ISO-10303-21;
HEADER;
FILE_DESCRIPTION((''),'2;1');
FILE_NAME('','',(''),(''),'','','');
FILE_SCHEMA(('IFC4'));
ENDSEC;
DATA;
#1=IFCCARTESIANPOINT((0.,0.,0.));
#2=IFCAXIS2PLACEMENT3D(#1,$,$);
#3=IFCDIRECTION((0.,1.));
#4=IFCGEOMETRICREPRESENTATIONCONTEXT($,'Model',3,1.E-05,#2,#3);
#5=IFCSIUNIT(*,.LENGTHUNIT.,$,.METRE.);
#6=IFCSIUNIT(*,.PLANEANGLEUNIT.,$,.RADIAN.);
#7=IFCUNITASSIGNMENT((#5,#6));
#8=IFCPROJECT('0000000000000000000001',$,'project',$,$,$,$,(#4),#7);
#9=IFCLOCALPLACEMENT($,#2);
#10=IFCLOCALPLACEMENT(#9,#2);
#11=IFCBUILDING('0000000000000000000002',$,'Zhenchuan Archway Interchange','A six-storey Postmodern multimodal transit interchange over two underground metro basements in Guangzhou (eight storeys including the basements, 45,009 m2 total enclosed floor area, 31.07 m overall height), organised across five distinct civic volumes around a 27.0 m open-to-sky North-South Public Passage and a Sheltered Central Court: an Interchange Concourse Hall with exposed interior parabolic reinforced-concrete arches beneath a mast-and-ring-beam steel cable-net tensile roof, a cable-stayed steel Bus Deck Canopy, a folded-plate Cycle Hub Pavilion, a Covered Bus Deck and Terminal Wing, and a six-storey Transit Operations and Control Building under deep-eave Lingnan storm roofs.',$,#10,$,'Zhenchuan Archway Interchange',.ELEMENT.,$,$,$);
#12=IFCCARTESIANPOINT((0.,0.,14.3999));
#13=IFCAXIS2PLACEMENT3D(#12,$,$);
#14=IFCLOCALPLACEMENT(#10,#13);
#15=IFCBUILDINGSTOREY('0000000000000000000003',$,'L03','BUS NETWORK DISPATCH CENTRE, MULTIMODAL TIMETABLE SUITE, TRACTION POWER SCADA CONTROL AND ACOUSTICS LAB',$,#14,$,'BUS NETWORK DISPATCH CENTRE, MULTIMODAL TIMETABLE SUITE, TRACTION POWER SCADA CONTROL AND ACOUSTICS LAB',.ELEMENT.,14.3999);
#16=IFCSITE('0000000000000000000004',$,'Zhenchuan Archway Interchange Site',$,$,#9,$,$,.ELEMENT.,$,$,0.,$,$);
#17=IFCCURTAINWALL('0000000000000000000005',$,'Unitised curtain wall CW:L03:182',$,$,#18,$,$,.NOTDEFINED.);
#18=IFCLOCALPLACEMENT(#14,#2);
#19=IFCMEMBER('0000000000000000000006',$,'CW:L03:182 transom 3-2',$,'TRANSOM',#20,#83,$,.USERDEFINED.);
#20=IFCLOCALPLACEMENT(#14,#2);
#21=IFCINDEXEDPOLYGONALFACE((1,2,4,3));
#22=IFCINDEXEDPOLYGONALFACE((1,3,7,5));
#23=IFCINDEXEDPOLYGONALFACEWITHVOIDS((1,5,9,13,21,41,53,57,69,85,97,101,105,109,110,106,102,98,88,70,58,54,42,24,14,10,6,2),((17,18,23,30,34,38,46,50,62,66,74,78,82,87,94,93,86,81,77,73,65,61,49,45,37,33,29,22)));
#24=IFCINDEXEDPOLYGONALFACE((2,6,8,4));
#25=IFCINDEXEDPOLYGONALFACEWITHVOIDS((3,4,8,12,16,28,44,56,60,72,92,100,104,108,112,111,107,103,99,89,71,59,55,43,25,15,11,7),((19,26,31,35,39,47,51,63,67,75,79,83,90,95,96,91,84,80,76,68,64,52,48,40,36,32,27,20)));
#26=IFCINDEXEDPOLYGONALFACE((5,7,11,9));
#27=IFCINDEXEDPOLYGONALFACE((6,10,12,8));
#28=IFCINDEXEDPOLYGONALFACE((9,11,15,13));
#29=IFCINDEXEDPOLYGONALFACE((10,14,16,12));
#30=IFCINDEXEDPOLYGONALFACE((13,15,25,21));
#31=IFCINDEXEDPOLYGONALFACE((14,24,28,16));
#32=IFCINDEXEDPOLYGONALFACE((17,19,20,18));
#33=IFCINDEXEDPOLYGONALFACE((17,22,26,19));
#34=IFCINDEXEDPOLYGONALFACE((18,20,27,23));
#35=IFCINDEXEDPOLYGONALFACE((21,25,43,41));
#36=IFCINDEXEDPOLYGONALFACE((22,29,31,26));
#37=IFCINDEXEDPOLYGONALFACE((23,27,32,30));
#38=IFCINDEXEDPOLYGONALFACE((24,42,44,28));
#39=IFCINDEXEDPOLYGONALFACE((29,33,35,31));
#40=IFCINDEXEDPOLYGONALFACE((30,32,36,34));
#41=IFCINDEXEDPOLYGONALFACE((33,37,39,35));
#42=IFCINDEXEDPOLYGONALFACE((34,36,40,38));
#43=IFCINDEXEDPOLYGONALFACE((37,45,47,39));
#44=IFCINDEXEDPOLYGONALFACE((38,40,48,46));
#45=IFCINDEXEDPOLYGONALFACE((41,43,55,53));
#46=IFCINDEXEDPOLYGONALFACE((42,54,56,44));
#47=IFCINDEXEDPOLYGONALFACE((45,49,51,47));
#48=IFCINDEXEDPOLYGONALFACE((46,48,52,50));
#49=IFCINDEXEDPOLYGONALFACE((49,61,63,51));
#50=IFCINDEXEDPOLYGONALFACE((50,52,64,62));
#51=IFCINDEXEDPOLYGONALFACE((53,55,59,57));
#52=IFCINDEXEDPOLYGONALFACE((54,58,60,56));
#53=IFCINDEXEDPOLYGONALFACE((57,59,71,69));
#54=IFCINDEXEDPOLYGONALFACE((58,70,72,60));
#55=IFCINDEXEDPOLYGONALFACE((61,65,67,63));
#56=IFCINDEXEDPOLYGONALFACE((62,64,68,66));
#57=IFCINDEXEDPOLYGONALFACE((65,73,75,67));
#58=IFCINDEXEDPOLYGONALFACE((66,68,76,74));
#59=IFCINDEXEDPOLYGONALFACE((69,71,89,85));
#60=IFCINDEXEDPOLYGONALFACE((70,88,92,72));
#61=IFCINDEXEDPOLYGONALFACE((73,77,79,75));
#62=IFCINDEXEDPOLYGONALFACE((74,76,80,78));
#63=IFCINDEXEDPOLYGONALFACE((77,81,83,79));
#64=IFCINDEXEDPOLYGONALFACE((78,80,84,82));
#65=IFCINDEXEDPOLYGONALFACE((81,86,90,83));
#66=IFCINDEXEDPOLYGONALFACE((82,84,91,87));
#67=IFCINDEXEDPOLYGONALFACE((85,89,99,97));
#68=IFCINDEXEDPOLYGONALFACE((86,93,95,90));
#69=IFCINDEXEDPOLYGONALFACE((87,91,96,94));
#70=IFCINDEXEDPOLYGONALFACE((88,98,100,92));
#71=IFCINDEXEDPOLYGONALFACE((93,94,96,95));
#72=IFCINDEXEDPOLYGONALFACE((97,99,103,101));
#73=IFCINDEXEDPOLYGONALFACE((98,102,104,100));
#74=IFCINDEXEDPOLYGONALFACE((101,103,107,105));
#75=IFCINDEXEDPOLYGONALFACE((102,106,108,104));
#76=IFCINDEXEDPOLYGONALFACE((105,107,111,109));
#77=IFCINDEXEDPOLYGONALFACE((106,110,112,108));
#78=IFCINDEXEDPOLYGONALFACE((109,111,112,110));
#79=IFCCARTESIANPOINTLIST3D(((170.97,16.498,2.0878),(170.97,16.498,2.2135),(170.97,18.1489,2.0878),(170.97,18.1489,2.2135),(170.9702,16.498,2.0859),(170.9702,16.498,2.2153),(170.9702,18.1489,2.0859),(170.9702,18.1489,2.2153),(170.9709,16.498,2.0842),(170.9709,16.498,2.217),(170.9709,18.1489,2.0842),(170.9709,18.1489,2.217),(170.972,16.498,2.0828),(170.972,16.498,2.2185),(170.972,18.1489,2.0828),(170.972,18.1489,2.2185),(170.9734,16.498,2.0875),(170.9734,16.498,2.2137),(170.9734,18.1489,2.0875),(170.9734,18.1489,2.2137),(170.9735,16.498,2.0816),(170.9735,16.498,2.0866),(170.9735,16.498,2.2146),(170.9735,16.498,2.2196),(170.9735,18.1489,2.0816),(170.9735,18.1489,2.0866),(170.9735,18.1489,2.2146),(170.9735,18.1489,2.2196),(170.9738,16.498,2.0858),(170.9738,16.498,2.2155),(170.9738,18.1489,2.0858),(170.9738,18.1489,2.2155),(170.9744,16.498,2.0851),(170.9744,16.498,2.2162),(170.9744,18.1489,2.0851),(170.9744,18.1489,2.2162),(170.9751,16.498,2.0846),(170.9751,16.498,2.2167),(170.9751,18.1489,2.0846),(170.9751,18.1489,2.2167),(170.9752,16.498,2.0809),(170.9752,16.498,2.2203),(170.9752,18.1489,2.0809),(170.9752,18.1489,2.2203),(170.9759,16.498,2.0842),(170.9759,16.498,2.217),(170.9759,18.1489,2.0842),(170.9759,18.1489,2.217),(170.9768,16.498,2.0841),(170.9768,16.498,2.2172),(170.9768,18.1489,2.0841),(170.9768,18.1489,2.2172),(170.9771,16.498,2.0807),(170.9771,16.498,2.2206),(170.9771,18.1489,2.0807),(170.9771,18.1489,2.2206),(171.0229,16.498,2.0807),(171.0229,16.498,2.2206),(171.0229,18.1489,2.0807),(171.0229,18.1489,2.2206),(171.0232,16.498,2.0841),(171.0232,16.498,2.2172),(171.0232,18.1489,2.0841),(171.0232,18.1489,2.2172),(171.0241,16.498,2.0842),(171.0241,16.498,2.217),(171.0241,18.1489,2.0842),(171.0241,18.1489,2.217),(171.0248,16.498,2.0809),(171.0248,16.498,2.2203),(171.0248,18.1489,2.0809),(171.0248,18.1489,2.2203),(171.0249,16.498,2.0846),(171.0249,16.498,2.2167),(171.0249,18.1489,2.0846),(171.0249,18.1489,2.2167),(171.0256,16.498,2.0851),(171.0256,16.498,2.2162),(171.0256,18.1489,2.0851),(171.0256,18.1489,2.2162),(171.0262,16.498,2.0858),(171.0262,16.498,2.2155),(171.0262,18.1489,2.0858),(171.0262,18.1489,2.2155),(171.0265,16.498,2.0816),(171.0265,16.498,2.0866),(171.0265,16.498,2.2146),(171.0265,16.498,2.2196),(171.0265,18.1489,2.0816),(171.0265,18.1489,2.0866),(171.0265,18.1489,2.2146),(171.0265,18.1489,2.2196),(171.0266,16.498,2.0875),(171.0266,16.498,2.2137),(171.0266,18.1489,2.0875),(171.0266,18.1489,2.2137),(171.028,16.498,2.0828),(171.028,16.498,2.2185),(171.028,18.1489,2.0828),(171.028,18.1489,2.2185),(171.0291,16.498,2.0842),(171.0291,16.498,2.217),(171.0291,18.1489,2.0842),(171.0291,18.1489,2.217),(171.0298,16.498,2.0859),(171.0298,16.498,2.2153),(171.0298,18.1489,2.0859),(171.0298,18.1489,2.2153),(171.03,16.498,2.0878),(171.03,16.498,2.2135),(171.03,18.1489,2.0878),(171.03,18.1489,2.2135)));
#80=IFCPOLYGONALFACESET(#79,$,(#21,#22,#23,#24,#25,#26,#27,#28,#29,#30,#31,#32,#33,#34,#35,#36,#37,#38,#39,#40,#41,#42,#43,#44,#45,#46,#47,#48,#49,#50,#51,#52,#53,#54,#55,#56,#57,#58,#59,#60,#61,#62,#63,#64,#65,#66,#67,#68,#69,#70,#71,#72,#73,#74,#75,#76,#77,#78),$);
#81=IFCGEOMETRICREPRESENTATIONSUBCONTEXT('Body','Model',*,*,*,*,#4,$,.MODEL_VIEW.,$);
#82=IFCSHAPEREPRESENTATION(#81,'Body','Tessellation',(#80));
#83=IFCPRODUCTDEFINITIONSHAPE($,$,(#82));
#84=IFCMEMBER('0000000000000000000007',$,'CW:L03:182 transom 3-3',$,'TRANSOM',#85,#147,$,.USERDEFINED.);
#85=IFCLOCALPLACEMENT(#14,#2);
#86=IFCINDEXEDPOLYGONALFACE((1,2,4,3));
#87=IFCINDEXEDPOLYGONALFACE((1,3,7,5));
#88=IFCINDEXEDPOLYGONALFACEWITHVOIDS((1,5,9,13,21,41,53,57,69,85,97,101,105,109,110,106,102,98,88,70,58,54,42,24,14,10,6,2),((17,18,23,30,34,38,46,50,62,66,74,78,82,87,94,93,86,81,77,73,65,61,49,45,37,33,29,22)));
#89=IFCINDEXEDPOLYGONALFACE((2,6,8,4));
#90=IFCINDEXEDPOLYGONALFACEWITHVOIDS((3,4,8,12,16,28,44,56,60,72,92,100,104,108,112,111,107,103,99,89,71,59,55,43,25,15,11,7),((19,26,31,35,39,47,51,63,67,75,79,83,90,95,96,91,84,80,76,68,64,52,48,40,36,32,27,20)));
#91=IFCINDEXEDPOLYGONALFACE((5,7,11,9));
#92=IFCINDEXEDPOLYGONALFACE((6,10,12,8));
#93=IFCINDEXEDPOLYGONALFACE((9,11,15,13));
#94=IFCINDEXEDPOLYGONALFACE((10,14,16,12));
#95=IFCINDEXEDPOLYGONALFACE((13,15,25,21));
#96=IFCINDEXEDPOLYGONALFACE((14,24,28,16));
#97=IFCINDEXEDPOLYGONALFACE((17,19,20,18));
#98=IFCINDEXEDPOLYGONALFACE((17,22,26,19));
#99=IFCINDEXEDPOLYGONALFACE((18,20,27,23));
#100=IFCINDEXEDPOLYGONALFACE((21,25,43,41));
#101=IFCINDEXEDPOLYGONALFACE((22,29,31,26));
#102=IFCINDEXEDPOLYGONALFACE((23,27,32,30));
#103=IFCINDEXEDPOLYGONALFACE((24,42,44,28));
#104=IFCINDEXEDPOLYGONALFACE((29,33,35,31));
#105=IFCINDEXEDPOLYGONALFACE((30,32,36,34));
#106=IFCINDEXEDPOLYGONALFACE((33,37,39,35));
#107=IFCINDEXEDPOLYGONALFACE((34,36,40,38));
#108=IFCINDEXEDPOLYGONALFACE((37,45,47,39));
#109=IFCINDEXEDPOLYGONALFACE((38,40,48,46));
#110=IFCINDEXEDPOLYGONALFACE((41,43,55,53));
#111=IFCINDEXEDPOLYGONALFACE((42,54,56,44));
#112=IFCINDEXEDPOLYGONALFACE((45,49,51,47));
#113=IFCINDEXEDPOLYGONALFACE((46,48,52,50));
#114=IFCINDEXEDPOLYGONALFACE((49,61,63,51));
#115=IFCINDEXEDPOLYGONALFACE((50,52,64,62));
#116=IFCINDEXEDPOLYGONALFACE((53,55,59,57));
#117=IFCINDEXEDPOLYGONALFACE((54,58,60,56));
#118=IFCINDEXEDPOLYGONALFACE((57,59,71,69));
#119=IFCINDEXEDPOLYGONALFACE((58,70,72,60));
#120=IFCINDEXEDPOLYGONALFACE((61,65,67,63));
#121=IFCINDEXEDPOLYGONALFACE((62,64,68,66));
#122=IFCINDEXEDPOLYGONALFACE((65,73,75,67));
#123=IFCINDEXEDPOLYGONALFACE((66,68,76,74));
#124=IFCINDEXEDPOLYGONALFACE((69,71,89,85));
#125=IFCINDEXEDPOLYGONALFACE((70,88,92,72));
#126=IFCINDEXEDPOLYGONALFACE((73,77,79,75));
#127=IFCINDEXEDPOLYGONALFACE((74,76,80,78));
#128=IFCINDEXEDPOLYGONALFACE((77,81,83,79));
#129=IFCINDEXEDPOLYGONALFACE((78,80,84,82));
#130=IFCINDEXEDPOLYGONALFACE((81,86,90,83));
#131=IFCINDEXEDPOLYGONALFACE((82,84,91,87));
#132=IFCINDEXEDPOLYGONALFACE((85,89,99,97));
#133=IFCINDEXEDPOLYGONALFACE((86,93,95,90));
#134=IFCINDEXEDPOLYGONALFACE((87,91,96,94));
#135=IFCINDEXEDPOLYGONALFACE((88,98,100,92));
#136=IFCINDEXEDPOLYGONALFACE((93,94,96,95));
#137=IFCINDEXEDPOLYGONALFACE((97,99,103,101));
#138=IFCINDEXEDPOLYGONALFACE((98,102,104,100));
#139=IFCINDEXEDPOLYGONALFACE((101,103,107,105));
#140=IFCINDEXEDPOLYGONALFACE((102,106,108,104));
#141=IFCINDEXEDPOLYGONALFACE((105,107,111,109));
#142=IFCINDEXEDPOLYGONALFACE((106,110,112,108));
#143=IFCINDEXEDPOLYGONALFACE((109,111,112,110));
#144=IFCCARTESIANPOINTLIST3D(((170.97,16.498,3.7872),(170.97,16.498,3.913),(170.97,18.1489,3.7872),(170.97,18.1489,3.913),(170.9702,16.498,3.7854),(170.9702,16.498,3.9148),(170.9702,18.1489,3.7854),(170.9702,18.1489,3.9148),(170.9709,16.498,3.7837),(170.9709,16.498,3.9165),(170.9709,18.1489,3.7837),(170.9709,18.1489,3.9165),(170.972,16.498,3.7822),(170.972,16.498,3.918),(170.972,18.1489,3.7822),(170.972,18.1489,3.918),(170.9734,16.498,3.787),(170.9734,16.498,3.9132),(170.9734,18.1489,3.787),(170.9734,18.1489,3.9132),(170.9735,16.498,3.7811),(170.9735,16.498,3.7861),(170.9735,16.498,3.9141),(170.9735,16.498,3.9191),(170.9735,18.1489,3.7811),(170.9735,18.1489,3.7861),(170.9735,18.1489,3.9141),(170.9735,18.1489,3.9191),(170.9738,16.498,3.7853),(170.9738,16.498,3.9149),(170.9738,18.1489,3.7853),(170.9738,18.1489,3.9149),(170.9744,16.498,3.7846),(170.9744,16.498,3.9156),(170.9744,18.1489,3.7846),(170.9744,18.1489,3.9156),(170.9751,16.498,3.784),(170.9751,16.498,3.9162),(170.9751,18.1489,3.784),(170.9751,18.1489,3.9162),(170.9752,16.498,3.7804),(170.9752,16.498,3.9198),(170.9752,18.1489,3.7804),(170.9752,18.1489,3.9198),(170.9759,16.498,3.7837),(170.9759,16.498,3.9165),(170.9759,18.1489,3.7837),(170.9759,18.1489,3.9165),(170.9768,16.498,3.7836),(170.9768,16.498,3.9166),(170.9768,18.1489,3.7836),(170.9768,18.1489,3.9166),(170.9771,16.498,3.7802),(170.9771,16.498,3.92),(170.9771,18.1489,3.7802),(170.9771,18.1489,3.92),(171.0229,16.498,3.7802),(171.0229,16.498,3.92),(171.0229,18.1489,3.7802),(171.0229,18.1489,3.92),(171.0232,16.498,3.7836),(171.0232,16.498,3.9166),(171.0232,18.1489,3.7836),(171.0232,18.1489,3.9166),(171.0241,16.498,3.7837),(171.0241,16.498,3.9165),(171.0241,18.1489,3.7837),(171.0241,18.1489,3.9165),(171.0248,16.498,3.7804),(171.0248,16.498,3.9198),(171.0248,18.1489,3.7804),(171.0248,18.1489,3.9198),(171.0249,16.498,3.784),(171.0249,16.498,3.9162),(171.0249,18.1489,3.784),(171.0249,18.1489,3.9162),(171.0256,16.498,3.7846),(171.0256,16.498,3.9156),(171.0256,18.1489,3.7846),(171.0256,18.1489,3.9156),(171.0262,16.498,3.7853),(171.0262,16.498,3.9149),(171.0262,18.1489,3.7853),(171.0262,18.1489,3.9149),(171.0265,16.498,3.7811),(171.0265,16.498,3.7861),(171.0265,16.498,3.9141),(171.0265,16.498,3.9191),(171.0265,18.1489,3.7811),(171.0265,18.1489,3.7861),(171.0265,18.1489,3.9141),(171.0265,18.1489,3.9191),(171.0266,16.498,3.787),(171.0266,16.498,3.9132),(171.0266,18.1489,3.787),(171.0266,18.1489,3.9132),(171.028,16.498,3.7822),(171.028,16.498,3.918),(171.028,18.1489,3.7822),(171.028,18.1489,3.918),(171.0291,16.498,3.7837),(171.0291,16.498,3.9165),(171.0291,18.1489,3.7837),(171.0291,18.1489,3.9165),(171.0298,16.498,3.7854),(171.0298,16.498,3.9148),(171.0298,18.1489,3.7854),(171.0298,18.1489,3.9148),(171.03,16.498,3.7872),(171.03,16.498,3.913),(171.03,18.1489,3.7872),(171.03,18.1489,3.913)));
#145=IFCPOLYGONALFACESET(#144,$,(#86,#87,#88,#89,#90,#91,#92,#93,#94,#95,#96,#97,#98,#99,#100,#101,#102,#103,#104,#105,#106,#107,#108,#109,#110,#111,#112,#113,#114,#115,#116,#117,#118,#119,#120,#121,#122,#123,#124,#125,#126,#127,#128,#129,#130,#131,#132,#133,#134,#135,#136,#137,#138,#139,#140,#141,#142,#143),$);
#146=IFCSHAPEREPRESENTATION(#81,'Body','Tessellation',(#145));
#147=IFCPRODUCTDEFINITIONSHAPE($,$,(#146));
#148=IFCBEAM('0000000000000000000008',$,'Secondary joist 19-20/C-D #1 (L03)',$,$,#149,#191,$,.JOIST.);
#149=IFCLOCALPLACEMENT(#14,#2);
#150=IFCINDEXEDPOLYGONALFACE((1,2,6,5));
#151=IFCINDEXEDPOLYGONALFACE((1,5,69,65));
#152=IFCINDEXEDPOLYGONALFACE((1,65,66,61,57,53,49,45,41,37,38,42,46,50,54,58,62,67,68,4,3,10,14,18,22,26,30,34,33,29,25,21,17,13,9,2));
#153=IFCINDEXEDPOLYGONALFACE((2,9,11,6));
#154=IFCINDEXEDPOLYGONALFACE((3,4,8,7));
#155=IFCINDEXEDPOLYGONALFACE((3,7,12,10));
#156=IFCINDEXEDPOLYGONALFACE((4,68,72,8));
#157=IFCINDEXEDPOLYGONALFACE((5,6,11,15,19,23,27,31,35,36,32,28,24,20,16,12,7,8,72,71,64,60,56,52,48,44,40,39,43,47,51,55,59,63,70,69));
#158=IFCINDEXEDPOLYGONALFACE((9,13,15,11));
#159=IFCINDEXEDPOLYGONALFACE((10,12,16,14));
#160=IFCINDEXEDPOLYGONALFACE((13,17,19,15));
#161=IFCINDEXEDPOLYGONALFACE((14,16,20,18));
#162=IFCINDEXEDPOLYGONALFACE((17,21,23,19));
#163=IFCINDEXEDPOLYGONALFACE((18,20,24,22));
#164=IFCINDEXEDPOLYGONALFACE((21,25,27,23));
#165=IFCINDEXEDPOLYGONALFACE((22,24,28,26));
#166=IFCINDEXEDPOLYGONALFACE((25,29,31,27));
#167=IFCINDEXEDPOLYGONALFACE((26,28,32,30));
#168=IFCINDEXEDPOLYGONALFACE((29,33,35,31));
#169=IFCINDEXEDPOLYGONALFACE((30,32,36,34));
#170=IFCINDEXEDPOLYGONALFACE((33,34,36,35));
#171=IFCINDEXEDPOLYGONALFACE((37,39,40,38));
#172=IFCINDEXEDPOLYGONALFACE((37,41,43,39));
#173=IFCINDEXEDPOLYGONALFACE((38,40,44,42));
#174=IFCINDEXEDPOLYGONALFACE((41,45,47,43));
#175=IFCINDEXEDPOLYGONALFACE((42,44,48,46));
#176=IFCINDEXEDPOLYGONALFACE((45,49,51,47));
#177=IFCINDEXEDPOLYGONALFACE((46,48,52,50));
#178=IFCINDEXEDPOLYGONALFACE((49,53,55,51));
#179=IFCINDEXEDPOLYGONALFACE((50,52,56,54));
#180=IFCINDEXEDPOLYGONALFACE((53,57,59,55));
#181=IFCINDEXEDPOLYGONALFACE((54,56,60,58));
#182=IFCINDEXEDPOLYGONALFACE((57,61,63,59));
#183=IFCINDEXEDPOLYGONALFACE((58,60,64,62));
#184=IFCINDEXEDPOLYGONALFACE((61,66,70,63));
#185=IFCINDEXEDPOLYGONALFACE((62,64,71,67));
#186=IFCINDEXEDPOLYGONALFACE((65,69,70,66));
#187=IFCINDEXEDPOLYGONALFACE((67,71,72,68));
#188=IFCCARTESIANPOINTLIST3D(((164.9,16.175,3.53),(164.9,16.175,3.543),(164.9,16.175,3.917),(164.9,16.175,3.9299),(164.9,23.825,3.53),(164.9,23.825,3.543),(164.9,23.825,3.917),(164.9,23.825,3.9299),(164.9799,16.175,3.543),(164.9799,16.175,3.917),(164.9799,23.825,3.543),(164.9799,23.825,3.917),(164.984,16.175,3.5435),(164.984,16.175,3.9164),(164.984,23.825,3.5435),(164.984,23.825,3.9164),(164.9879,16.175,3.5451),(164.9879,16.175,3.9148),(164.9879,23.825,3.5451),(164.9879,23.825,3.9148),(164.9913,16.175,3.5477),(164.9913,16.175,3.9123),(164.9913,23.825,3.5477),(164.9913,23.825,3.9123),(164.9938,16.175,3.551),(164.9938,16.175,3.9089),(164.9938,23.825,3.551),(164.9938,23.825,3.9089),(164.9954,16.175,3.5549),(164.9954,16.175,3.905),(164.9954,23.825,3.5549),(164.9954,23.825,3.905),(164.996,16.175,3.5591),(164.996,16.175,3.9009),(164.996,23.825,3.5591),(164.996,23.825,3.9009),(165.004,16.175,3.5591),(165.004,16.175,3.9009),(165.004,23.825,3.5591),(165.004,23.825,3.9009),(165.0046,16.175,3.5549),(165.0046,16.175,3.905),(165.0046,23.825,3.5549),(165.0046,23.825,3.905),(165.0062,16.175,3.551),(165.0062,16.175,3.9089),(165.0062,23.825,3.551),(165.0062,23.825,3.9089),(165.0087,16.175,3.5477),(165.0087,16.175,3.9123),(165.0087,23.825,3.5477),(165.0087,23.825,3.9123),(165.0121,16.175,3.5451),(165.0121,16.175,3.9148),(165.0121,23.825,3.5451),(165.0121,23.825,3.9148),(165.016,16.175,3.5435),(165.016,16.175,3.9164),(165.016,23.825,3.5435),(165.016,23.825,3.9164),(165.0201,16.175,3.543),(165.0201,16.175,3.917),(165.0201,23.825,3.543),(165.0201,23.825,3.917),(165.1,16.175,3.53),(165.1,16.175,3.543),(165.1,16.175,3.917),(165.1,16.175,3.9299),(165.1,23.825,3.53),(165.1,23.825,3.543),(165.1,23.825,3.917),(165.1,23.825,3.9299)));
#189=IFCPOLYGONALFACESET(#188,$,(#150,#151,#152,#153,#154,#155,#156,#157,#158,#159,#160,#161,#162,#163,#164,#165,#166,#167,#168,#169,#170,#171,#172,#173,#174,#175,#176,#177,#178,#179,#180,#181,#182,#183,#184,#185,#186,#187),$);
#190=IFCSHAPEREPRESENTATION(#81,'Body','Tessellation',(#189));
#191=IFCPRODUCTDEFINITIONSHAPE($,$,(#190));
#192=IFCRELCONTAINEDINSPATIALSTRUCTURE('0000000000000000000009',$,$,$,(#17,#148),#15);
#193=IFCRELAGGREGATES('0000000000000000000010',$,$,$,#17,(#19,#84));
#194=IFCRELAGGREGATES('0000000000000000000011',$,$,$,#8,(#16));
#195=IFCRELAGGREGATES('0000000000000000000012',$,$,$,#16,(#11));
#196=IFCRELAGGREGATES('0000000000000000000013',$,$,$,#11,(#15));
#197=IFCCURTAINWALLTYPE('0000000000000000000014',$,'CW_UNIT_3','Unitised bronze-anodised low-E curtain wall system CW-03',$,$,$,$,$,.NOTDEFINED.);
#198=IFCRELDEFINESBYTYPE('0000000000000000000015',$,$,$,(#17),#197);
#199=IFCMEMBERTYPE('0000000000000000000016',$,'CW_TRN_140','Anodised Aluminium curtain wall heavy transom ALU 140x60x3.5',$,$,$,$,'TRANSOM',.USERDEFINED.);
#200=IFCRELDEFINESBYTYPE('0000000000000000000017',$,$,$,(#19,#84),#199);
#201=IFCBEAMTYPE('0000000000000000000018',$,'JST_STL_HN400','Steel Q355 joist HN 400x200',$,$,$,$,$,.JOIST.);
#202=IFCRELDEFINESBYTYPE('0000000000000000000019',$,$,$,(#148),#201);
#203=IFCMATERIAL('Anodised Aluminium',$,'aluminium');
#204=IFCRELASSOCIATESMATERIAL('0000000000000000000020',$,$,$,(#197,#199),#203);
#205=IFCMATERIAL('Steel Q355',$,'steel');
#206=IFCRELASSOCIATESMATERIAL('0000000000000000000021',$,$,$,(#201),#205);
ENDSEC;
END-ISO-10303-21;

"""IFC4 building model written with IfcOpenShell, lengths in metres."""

from ifc_helpers import new_model, si_unit, direction, frame, origin, origin_2d, place, context, subcontext, project, spatial, hollow_rectangle, i_section, extrude, material, material_profile, profile_set, type_object, element, aggregate, save


model = new_model("IFC4")

# Units and contexts
model_context = context("Model", 3, precision=1e-05, world=origin(), true_north=direction((0.0, 1.0)))
body_context = subcontext(model_context, "Body", "Model", "MODEL_VIEW")
ifc_project = project(units=[si_unit("LENGTHUNIT", "METRE"), si_unit("PLANEANGLEUNIT", "RADIAN")], contexts=[model_context])

# Site, building, storey
site_placement = place(None, origin())
site = spatial("IfcSite", under=ifc_project, at=site_placement, Name="Zhenchuan Archway Interchange Site", CompositionType="ELEMENT", RefElevation=0.0)
building_placement = place(site_placement, origin())
building = spatial("IfcBuilding", under=site, at=building_placement, Name="Zhenchuan Archway Interchange", Description="A six-storey Postmodern multimodal transit interchange over two underground metro basements in Guangzhou (eight storeys including the basements, 45,009 m2 total enclosed floor area, 31.07 m overall height), organised across five distinct civic volumes around a 27.0 m open-to-sky North-South Public Passage and a Sheltered Central Court: an Interchange Concourse Hall with exposed interior parabolic reinforced-concrete arches beneath a mast-and-ring-beam steel cable-net tensile roof, a cable-stayed steel Bus Deck Canopy, a folded-plate Cycle Hub Pavilion, a Covered Bus Deck and Terminal Wing, and a six-storey Transit Operations and Control Building under deep-eave Lingnan storm roofs.", LongName="Zhenchuan Archway Interchange", CompositionType="ELEMENT")
storey_placement = place(building_placement, frame((0.0, 0.0, 14.3999)))
storey = spatial("IfcBuildingStorey", under=building, at=storey_placement, Name="L03", Description="BUS NETWORK DISPATCH CENTRE, MULTIMODAL TIMETABLE SUITE, TRACTION POWER SCADA CONTROL AND ACOUSTICS LAB", LongName="BUS NETWORK DISPATCH CENTRE, MULTIMODAL TIMETABLE SUITE, TRACTION POWER SCADA CONTROL AND ACOUSTICS LAB", CompositionType="ELEMENT", Elevation=14.3999)

# Curtain wall, members
ifc_material_1 = material(Name="Anodised Aluminium", Category="aluminium")
curtain_wall_type = type_object("IfcCurtainWallType", Name="CW_UNIT_3", Description="Unitised bronze-anodised low-E curtain wall system CW-03", PredefinedType="NOTDEFINED", material=ifc_material_1)
curtain_wall_placement = place(storey_placement, origin())
curtain_wall = element("IfcCurtainWall", 1, at=curtain_wall_placement, inside=storey, type_object=curtain_wall_type, Name="Unitised curtain wall CW:L03:182", PredefinedType="NOTDEFINED")
ifc_material_profile_1 = material_profile(ifc_material_1, hollow_rectangle(XDim=0.0601, YDim=0.1399, WallThickness=0.0034, InnerFilletRadius=0.0034, OuterFilletRadius=0.0071, at=origin_2d()), Name="ALU 140x60x3.5")
ifc_profile_set_1 = profile_set([ifc_material_profile_1], Name="Anodised Aluminium")
member_type_1 = type_object("IfcMemberType", Name="CW_TRN_140", Description="Anodised Aluminium curtain wall heavy transom ALU 140x60x3.5", ElementType="TRANSOM", PredefinedType="USERDEFINED", material=ifc_profile_set_1)
member_1_placement = place(storey_placement, frame((171.0, 18.1489, 2.1506), z_axis=(0.0, -1.0, 0.0), x_axis=(1.0, 0.0, 0.0)))
member_1 = element("IfcMember", 2, at=member_1_placement, type_object=member_type_1, Name="CW:L03:182 transom 3-2", ObjectType="TRANSOM", PredefinedType="USERDEFINED", context=body_context, shape_type="SweptSolid", body=[
    extrude(hollow_rectangle(XDim=0.0601, YDim=0.1399, WallThickness=0.0034, InnerFilletRadius=0.0034, OuterFilletRadius=0.0071, at=origin_2d()), origin(), (0.0, 0.0, 1.0), 1.6509),
])
member_2_placement = place(storey_placement, frame((171.0, 18.1489, 3.8501), z_axis=(0.0, -1.0, 0.0), x_axis=(1.0, 0.0, 0.0)))
member_2 = element("IfcMember", 3, at=member_2_placement, type_object=member_type_1, Name="CW:L03:182 transom 3-3", ObjectType="TRANSOM", PredefinedType="USERDEFINED", context=body_context, shape_type="SweptSolid", body=[
    extrude(hollow_rectangle(XDim=0.0601, YDim=0.1399, WallThickness=0.0034, InnerFilletRadius=0.0034, OuterFilletRadius=0.0071, at=origin_2d()), origin(), (0.0, 0.0, 1.0), 1.6509),
])

# Beam
ifc_material_2 = material(Name="Steel Q355", Category="steel")
ifc_material_profile_2 = material_profile(ifc_material_2, i_section(OverallWidth=0.2, OverallDepth=0.3999, WebThickness=0.0081, FlangeThickness=0.0129, FilletRadius=0.0161, at=origin_2d()), Name="HN 400x200")
ifc_profile_set_2 = profile_set([ifc_material_profile_2], Name="Steel Q355")
beam_type_1 = type_object("IfcBeamType", Name="JST_STL_HN400", Description="Steel Q355 joist HN 400x200", PredefinedType="JOIST", material=ifc_profile_set_2)
for number, where, z_axis, x_axis, name in (
    (4, (165.0, 16.175, 3.73), (0.0, 1.0, 0.0), (-1.0, 0.0, 0.0), "Secondary joist 19-20/C-D #1 (L03)"),
):
    element("IfcBeam", number, at=place(storey_placement, frame(where, z_axis=z_axis, x_axis=x_axis)), inside=storey, type_object=beam_type_1, Name=name, PredefinedType="JOIST", context=body_context, shape_type="SweptSolid", body=[
        extrude(i_section(OverallWidth=0.2, OverallDepth=0.3999, WebThickness=0.0081, FlangeThickness=0.0129, FilletRadius=0.0161, at=origin_2d()), origin(), (0.0, 0.0, 1.0), 7.6499),
    ])

aggregate(curtain_wall, [member_1, member_2])

save(model, "model.ifc")
